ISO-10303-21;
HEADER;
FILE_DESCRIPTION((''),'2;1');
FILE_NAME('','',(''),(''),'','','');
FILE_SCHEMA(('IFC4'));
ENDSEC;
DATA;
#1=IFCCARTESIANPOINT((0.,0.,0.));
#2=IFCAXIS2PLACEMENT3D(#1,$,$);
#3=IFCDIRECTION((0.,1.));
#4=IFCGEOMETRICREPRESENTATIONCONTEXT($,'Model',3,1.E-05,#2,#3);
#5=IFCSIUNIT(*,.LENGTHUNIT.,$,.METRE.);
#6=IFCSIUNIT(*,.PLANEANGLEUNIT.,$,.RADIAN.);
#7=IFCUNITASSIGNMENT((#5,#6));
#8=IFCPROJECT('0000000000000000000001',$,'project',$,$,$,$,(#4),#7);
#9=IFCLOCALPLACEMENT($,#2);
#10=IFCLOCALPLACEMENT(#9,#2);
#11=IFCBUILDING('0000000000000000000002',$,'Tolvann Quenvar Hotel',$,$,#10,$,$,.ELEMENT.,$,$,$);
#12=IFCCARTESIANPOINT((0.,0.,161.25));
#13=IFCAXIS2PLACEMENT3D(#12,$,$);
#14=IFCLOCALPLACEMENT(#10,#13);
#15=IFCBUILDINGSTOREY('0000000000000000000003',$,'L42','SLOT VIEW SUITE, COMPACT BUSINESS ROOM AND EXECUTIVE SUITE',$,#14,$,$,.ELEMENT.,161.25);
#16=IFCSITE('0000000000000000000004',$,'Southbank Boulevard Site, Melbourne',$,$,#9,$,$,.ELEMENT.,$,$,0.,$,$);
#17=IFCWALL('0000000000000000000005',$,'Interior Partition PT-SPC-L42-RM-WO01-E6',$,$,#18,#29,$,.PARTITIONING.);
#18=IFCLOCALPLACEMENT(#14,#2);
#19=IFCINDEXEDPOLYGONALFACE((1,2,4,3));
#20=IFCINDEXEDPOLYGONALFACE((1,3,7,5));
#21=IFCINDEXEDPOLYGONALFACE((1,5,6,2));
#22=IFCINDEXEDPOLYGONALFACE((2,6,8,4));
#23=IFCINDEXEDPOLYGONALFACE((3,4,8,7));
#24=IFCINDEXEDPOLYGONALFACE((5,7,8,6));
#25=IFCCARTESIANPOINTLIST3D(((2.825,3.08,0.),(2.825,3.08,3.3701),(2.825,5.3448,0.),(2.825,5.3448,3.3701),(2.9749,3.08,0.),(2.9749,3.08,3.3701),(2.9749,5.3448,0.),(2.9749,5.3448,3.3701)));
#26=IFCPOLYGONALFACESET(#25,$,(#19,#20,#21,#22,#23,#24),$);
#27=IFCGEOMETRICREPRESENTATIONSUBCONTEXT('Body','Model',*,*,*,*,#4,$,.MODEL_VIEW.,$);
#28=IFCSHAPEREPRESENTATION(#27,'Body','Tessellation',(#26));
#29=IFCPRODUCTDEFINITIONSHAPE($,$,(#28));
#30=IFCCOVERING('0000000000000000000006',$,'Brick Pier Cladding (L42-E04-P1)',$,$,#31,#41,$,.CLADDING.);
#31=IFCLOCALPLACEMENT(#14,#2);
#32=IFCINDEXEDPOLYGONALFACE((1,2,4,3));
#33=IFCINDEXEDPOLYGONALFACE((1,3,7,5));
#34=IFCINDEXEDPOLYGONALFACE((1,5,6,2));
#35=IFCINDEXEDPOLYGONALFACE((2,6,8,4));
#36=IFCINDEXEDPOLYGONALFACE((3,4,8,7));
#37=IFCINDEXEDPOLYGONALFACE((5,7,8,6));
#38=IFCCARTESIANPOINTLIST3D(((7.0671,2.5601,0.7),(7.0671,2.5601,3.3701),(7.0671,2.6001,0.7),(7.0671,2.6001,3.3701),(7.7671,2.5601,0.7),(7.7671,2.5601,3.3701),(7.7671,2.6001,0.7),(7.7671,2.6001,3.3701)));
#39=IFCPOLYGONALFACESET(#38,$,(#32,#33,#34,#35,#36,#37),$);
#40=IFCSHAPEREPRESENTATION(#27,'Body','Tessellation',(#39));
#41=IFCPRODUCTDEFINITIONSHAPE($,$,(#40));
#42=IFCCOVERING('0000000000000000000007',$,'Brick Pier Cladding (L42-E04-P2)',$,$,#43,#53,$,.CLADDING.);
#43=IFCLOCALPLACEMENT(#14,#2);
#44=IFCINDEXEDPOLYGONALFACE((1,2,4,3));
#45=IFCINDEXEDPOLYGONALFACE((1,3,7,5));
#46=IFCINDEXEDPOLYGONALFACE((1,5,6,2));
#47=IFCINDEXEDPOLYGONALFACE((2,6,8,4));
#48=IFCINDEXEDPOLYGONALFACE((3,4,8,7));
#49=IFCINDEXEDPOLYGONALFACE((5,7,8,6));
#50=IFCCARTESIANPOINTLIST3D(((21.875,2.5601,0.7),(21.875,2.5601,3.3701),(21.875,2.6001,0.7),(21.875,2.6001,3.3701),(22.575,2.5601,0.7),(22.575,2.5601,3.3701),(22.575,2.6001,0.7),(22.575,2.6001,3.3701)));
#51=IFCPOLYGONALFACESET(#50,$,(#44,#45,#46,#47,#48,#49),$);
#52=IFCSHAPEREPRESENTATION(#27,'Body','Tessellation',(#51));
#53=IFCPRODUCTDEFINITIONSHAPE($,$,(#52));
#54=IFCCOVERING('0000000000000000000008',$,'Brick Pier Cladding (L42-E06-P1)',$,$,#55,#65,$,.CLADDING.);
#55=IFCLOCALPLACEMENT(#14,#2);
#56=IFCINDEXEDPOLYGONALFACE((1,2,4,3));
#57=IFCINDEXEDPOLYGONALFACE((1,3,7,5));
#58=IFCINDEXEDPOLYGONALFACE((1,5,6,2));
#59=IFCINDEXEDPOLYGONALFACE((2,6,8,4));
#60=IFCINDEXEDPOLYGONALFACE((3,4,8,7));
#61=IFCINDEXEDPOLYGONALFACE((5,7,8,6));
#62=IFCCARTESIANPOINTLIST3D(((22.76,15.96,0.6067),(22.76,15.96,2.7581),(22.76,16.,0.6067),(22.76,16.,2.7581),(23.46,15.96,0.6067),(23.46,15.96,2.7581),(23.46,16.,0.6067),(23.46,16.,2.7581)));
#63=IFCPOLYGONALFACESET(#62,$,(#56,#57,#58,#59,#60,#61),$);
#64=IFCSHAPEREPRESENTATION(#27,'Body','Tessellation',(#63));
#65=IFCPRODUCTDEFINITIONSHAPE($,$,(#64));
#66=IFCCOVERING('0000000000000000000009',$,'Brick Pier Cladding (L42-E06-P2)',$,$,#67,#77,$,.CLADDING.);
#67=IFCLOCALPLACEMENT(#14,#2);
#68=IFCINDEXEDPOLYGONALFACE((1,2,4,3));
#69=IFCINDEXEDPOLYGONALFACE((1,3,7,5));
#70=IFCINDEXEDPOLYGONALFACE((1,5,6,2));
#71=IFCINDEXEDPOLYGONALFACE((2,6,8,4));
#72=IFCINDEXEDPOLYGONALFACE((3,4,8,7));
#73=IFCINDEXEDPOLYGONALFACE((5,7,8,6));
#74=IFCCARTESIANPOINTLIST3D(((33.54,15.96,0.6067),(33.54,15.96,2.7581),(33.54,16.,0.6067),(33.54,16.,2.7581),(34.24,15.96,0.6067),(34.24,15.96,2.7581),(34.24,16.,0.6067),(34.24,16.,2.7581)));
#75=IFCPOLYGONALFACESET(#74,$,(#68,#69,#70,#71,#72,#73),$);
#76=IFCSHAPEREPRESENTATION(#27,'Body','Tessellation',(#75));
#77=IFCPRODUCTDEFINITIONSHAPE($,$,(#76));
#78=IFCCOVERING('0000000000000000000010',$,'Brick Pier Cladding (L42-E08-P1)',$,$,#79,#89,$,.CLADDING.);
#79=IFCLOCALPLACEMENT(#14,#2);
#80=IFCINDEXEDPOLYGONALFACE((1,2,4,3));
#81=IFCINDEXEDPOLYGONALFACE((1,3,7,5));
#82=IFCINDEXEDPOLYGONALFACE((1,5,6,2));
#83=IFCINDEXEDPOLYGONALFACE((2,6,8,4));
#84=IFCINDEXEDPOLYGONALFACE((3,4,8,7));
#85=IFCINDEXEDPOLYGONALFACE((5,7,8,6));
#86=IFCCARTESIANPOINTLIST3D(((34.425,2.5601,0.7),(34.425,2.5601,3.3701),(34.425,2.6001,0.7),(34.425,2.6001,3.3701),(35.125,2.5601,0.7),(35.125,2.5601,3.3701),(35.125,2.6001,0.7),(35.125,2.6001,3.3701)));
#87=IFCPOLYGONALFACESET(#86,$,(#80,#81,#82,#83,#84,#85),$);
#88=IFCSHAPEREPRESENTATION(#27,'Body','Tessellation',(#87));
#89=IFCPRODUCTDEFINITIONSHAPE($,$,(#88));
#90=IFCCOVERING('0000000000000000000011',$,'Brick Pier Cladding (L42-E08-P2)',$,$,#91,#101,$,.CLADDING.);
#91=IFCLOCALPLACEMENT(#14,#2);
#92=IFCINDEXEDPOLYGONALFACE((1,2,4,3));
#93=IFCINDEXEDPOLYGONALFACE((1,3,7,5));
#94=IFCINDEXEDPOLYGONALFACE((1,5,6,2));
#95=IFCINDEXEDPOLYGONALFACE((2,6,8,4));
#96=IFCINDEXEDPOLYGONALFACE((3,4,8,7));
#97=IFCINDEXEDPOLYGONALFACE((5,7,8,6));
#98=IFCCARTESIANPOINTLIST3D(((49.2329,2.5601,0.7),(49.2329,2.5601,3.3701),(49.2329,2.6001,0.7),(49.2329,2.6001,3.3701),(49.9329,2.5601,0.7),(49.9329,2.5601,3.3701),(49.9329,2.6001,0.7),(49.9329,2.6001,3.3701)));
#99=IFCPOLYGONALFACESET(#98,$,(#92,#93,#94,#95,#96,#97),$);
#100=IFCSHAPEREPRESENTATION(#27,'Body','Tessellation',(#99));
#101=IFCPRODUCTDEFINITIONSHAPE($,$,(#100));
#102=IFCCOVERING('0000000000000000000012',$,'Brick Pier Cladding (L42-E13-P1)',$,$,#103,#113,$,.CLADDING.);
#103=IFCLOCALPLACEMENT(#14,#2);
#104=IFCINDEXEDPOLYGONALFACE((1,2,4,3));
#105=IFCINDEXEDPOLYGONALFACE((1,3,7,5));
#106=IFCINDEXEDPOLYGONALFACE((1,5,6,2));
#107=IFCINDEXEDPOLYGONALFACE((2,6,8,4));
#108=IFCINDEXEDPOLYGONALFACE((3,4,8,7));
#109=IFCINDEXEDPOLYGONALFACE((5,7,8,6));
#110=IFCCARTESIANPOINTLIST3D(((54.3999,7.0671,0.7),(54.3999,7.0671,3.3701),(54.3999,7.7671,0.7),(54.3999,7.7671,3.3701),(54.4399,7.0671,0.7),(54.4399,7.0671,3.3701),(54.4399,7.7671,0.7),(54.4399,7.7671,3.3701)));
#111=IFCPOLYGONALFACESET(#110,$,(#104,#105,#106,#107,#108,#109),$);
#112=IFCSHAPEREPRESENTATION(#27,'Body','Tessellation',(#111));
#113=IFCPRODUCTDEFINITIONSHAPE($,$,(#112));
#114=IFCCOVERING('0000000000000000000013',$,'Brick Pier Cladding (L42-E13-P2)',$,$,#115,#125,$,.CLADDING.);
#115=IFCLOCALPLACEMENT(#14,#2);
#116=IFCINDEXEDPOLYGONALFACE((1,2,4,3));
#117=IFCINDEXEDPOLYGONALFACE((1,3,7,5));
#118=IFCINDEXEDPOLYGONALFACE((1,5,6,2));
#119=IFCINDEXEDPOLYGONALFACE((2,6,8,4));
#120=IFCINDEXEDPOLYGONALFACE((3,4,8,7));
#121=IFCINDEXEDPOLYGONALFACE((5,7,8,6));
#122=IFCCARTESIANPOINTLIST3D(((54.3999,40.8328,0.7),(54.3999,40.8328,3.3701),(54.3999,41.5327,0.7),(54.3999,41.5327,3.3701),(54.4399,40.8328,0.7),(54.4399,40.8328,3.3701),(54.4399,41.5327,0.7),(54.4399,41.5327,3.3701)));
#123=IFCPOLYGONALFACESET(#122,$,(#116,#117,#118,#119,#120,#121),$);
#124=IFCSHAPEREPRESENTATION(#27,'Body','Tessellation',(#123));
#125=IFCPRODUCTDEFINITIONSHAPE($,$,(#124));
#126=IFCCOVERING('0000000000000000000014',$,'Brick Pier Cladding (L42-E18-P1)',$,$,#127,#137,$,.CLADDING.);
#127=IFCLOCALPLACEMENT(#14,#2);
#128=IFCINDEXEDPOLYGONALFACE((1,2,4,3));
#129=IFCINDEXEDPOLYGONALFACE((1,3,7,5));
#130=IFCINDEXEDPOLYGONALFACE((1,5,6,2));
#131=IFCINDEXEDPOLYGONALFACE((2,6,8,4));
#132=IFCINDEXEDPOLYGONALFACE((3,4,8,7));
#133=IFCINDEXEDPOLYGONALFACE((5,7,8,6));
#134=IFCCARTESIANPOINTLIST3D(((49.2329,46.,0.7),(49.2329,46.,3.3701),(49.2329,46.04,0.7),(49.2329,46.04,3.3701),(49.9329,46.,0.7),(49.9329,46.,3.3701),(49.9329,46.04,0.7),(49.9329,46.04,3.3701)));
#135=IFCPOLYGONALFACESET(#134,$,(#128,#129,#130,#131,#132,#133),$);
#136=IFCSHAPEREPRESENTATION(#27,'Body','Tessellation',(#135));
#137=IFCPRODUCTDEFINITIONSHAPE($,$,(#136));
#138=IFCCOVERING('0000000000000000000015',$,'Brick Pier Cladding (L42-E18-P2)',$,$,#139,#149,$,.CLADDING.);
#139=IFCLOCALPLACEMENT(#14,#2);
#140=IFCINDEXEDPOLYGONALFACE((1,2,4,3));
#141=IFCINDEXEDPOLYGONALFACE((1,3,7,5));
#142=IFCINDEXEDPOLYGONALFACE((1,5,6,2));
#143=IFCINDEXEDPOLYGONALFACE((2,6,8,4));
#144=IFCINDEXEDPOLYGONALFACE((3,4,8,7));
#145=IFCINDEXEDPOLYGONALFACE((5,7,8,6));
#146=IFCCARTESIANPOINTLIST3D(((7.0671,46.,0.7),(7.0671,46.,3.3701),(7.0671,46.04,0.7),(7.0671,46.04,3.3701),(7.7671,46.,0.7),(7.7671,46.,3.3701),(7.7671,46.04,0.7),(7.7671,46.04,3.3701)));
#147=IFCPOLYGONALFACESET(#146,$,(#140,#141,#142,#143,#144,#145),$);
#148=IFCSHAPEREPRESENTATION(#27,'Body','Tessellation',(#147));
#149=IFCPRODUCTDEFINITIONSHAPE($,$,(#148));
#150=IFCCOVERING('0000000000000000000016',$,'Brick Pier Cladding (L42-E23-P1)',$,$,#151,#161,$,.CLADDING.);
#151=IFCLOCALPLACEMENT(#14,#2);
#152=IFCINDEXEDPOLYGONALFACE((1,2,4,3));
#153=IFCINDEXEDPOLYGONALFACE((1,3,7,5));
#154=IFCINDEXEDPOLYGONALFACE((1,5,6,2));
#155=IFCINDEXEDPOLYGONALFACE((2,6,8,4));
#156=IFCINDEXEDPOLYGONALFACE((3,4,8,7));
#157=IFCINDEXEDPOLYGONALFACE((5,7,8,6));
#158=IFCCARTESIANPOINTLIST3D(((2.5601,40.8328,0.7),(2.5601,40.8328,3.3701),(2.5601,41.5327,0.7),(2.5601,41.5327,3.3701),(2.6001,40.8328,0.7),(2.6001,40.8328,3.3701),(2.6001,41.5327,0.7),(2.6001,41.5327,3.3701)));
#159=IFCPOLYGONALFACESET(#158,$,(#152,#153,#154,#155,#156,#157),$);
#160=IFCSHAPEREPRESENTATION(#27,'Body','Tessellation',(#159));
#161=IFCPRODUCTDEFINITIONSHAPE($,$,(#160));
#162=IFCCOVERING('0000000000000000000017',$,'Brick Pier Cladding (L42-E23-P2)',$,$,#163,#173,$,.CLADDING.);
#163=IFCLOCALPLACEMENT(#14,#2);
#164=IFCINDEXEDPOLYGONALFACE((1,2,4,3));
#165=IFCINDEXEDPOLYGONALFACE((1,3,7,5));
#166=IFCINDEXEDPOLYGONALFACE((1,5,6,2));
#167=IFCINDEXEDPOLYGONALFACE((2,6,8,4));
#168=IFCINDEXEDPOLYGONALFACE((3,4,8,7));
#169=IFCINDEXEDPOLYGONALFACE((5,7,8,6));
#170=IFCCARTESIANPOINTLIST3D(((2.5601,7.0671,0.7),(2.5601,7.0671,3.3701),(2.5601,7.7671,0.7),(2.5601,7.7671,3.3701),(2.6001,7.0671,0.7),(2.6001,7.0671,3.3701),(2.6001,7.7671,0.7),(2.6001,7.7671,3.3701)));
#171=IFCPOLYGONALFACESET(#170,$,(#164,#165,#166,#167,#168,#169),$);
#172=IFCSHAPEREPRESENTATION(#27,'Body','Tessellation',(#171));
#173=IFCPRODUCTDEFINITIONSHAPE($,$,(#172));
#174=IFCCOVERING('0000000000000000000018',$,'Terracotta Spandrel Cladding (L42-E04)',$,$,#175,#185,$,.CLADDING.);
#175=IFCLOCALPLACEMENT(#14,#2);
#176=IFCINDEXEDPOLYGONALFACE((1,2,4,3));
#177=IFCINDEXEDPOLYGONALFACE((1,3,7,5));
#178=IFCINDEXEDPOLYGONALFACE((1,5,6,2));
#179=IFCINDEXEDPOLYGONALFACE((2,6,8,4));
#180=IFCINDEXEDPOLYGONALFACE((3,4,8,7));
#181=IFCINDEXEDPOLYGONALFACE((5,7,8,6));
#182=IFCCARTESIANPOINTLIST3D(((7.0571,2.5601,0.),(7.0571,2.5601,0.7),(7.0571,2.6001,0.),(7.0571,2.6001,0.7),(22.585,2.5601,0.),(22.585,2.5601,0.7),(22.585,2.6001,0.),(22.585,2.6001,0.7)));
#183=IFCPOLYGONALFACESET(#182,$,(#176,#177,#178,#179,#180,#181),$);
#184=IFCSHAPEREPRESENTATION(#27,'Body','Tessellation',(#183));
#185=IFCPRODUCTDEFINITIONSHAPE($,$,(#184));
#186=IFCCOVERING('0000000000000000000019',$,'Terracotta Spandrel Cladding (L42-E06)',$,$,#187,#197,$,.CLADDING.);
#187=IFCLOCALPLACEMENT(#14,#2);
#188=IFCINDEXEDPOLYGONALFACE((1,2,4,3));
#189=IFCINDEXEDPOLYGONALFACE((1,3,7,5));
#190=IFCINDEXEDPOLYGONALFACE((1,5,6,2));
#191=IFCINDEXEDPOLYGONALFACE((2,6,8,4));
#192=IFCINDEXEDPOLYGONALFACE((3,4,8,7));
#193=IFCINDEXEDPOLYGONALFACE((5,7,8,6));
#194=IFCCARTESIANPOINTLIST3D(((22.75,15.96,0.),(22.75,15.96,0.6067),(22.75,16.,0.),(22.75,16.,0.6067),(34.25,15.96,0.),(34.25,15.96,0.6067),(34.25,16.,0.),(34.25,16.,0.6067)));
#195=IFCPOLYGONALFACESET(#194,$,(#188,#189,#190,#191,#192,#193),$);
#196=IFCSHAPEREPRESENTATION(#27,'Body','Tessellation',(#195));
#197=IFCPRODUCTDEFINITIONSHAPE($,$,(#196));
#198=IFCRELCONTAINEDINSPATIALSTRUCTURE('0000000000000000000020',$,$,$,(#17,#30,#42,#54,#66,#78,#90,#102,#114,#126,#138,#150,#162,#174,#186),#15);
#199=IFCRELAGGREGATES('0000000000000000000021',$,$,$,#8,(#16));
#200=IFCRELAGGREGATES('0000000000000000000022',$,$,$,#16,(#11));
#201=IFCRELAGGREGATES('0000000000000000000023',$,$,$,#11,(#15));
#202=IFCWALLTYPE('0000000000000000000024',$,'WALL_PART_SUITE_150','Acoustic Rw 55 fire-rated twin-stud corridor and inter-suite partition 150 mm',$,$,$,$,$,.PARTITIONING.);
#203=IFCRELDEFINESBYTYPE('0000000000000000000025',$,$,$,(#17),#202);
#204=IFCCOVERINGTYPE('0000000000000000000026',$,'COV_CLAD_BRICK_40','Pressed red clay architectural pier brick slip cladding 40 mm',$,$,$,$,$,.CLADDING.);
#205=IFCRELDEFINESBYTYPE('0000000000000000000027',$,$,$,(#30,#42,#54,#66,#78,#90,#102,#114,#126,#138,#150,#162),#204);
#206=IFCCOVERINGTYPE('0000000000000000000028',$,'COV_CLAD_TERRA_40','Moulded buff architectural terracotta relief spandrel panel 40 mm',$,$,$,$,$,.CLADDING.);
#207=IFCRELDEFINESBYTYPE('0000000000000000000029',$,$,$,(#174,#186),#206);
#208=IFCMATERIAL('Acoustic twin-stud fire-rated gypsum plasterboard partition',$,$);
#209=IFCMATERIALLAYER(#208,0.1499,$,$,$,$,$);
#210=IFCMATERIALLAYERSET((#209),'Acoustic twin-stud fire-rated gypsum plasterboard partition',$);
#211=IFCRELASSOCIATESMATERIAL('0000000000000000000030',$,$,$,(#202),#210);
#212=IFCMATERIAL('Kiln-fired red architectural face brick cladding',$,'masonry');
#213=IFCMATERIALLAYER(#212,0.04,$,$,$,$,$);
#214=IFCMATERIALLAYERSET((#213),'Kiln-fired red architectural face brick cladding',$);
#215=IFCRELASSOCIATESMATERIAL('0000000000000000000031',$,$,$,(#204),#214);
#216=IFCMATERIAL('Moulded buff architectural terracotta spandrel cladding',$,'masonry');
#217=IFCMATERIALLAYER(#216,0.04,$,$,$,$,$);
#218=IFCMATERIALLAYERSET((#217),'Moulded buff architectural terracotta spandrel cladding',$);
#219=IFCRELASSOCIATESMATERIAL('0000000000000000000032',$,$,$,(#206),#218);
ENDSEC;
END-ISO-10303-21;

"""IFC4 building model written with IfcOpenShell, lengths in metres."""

from ifc_helpers import new_model, si_unit, direction, frame, frame_2d, origin, place, context, subcontext, project, spatial, polyline, rectangle, outline, extrude, material, layer, layer_set, type_object, element, save


model = new_model("IFC4")

# Units and contexts
model_context = context("Model", 3, precision=1e-05, world=origin(), true_north=direction((0.0, 1.0)))
body_context = subcontext(model_context, "Body", "Model", "MODEL_VIEW")
ifc_project = project(units=[si_unit("LENGTHUNIT", "METRE"), si_unit("PLANEANGLEUNIT", "RADIAN")], contexts=[model_context])

# Site, building, storey
site_placement = place(None, origin())
site = spatial("IfcSite", under=ifc_project, at=site_placement, Name="Southbank Boulevard Site, Melbourne", CompositionType="ELEMENT", RefElevation=0.0)
building_placement = place(site_placement, origin())
building = spatial("IfcBuilding", under=site, at=building_placement, Name="Tolvann Quenvar Hotel", CompositionType="ELEMENT")
storey_placement = place(building_placement, frame((0.0, 0.0, 161.25)))
storey = spatial("IfcBuildingStorey", under=building, at=storey_placement, Name="L42", Description="SLOT VIEW SUITE, COMPACT BUSINESS ROOM AND EXECUTIVE SUITE", CompositionType="ELEMENT", Elevation=161.25)

# Wall
ifc_material_1 = material(Name="Acoustic twin-stud fire-rated gypsum plasterboard partition")
ifc_layer_1 = layer(ifc_material_1, 0.1499)
ifc_layer_set_1 = layer_set([ifc_layer_1], Name="Acoustic twin-stud fire-rated gypsum plasterboard partition")
wall_type_1 = type_object("IfcWallType", Name="WALL_PART_SUITE_150", Description="Acoustic Rw 55 fire-rated twin-stud corridor and inter-suite partition 150 mm", PredefinedType="PARTITIONING", material=ifc_layer_set_1)
wall_1_placement = place(storey_placement, frame((2.8999, 3.0801, 0.0), z_axis=(0.0, 0.0, 1.0), x_axis=(0.0, 1.0, 0.0)))
element("IfcWall", 1, at=wall_1_placement, inside=storey, type_object=wall_type_1, Name="Interior Partition PT-SPC-L42-RM-WO01-E6", PredefinedType="PARTITIONING", context=body_context, shape_type="SweptSolid", body=[
    extrude(rectangle(XDim=2.2649, YDim=0.1499, at=frame_2d((1.1323, 0.0))), origin(), (0.0, 0.0, 1.0), 3.3701),
])

# Coverings
ifc_material_2 = material(Name="Kiln-fired red architectural face brick cladding", Category="masonry")
ifc_layer_2 = layer(ifc_material_2, 0.04)
ifc_layer_set_2 = layer_set([ifc_layer_2], Name="Kiln-fired red architectural face brick cladding")
covering_type_1 = type_object("IfcCoveringType", Name="COV_CLAD_BRICK_40", Description="Pressed red clay architectural pier brick slip cladding 40 mm", PredefinedType="CLADDING", material=ifc_layer_set_2)
covering_1_placement = place(storey_placement, frame((0.0, 0.0, 0.7)))
element("IfcCovering", 2, at=covering_1_placement, inside=storey, type_object=covering_type_1, Name="Brick Pier Cladding (L42-E04-P1)", PredefinedType="CLADDING", context=body_context, shape_type="SweptSolid", body=[
    extrude(outline(polyline([(7.0671, 2.6001), (7.7671, 2.6001), (7.7671, 2.5601), (7.0671, 2.5601), (7.0671, 2.6001)])), origin(), (0.0, 0.0, 1.0), 2.6702),
])
covering_2_placement = place(storey_placement, frame((0.0, 0.0, 0.7)))
element("IfcCovering", 3, at=covering_2_placement, inside=storey, type_object=covering_type_1, Name="Brick Pier Cladding (L42-E04-P2)", PredefinedType="CLADDING", context=body_context, shape_type="SweptSolid", body=[
    extrude(outline(polyline([(21.875, 2.6001), (22.575, 2.6001), (22.575, 2.5601), (21.875, 2.5601), (21.875, 2.6001)])), origin(), (0.0, 0.0, 1.0), 2.6702),
])
covering_3_placement = place(storey_placement, frame((0.0, 0.0, 0.6067)))
element("IfcCovering", 4, at=covering_3_placement, inside=storey, type_object=covering_type_1, Name="Brick Pier Cladding (L42-E06-P1)", PredefinedType="CLADDING", context=body_context, shape_type="SweptSolid", body=[
    extrude(outline(polyline([(22.76, 16.0), (23.46, 16.0), (23.46, 15.96), (22.76, 15.96), (22.76, 16.0)])), origin(), (0.0, 0.0, 1.0), 2.1514),
])
covering_4_placement = place(storey_placement, frame((0.0, 0.0, 0.6067)))
element("IfcCovering", 5, at=covering_4_placement, inside=storey, type_object=covering_type_1, Name="Brick Pier Cladding (L42-E06-P2)", PredefinedType="CLADDING", context=body_context, shape_type="SweptSolid", body=[
    extrude(outline(polyline([(33.54, 16.0), (34.24, 16.0), (34.24, 15.96), (33.54, 15.96), (33.54, 16.0)])), origin(), (0.0, 0.0, 1.0), 2.1514),
])
covering_5_placement = place(storey_placement, frame((0.0, 0.0, 0.7)))
element("IfcCovering", 6, at=covering_5_placement, inside=storey, type_object=covering_type_1, Name="Brick Pier Cladding (L42-E08-P1)", PredefinedType="CLADDING", context=body_context, shape_type="SweptSolid", body=[
    extrude(outline(polyline([(34.425, 2.6001), (35.125, 2.6001), (35.125, 2.5601), (34.425, 2.5601), (34.425, 2.6001)])), origin(), (0.0, 0.0, 1.0), 2.6702),
])
covering_6_placement = place(storey_placement, frame((0.0, 0.0, 0.7)))
element("IfcCovering", 7, at=covering_6_placement, inside=storey, type_object=covering_type_1, Name="Brick Pier Cladding (L42-E08-P2)", PredefinedType="CLADDING", context=body_context, shape_type="SweptSolid", body=[
    extrude(outline(polyline([(49.2329, 2.6001), (49.9329, 2.6001), (49.9329, 2.5601), (49.2329, 2.5601), (49.2329, 2.6001)])), origin(), (0.0, 0.0, 1.0), 2.6702),
])
covering_7_placement = place(storey_placement, frame((0.0, 0.0, 0.7)))
element("IfcCovering", 8, at=covering_7_placement, inside=storey, type_object=covering_type_1, Name="Brick Pier Cladding (L42-E13-P1)", PredefinedType="CLADDING", context=body_context, shape_type="SweptSolid", body=[
    extrude(outline(polyline([(54.3999, 7.0671), (54.3999, 7.7671), (54.4399, 7.7671), (54.4399, 7.0671), (54.3999, 7.0671)])), origin(), (0.0, 0.0, 1.0), 2.6702),
])
covering_8_placement = place(storey_placement, frame((0.0, 0.0, 0.7)))
element("IfcCovering", 9, at=covering_8_placement, inside=storey, type_object=covering_type_1, Name="Brick Pier Cladding (L42-E13-P2)", PredefinedType="CLADDING", context=body_context, shape_type="SweptSolid", body=[
    extrude(outline(polyline([(54.3999, 40.8328), (54.3999, 41.5327), (54.4399, 41.5327), (54.4399, 40.8328), (54.3999, 40.8328)])), origin(), (0.0, 0.0, 1.0), 2.6702),
])
covering_9_placement = place(storey_placement, frame((0.0, 0.0, 0.7)))
element("IfcCovering", 10, at=covering_9_placement, inside=storey, type_object=covering_type_1, Name="Brick Pier Cladding (L42-E18-P1)", PredefinedType="CLADDING", context=body_context, shape_type="SweptSolid", body=[
    extrude(outline(polyline([(49.9329, 46.0), (49.2329, 46.0), (49.2329, 46.04), (49.9329, 46.04), (49.9329, 46.0)])), origin(), (0.0, 0.0, 1.0), 2.6702),
])
covering_10_placement = place(storey_placement, frame((0.0, 0.0, 0.7)))
element("IfcCovering", 11, at=covering_10_placement, inside=storey, type_object=covering_type_1, Name="Brick Pier Cladding (L42-E18-P2)", PredefinedType="CLADDING", context=body_context, shape_type="SweptSolid", body=[
    extrude(outline(polyline([(7.7671, 46.0), (7.0671, 46.0), (7.0671, 46.04), (7.7671, 46.04), (7.7671, 46.0)])), origin(), (0.0, 0.0, 1.0), 2.6702),
])
covering_11_placement = place(storey_placement, frame((0.0, 0.0, 0.7)))
element("IfcCovering", 12, at=covering_11_placement, inside=storey, type_object=covering_type_1, Name="Brick Pier Cladding (L42-E23-P1)", PredefinedType="CLADDING", context=body_context, shape_type="SweptSolid", body=[
    extrude(outline(polyline([(2.6001, 41.5327), (2.6001, 40.8328), (2.5601, 40.8328), (2.5601, 41.5327), (2.6001, 41.5327)])), origin(), (0.0, 0.0, 1.0), 2.6702),
])
covering_12_placement = place(storey_placement, frame((0.0, 0.0, 0.7)))
element("IfcCovering", 13, at=covering_12_placement, inside=storey, type_object=covering_type_1, Name="Brick Pier Cladding (L42-E23-P2)", PredefinedType="CLADDING", context=body_context, shape_type="SweptSolid", body=[
    extrude(outline(polyline([(2.6001, 7.7671), (2.6001, 7.0671), (2.5601, 7.0671), (2.5601, 7.7671), (2.6001, 7.7671)])), origin(), (0.0, 0.0, 1.0), 2.6702),
])
ifc_material_3 = material(Name="Moulded buff architectural terracotta spandrel cladding", Category="masonry")
ifc_layer_3 = layer(ifc_material_3, 0.04)
ifc_layer_set_3 = layer_set([ifc_layer_3], Name="Moulded buff architectural terracotta spandrel cladding")
covering_type_2 = type_object("IfcCoveringType", Name="COV_CLAD_TERRA_40", Description="Moulded buff architectural terracotta relief spandrel panel 40 mm", PredefinedType="CLADDING", material=ifc_layer_set_3)
covering_13_placement = place(storey_placement, origin())
element("IfcCovering", 14, at=covering_13_placement, inside=storey, type_object=covering_type_2, Name="Terracotta Spandrel Cladding (L42-E04)", PredefinedType="CLADDING", context=body_context, shape_type="SweptSolid", body=[
    extrude(outline(polyline([(7.0571, 2.6001), (22.585, 2.6001), (22.585, 2.5601), (7.0571, 2.5601), (7.0571, 2.6001)])), origin(), (0.0, 0.0, 1.0), 0.7),
])
covering_14_placement = place(storey_placement, origin())
element("IfcCovering", 15, at=covering_14_placement, inside=storey, type_object=covering_type_2, Name="Terracotta Spandrel Cladding (L42-E06)", PredefinedType="CLADDING", context=body_context, shape_type="SweptSolid", body=[
    extrude(outline(polyline([(22.75, 16.0), (34.25, 16.0), (34.25, 15.96), (22.75, 15.96), (22.75, 16.0)])), origin(), (0.0, 0.0, 1.0), 0.6067),
])

save(model, "model.ifc")
